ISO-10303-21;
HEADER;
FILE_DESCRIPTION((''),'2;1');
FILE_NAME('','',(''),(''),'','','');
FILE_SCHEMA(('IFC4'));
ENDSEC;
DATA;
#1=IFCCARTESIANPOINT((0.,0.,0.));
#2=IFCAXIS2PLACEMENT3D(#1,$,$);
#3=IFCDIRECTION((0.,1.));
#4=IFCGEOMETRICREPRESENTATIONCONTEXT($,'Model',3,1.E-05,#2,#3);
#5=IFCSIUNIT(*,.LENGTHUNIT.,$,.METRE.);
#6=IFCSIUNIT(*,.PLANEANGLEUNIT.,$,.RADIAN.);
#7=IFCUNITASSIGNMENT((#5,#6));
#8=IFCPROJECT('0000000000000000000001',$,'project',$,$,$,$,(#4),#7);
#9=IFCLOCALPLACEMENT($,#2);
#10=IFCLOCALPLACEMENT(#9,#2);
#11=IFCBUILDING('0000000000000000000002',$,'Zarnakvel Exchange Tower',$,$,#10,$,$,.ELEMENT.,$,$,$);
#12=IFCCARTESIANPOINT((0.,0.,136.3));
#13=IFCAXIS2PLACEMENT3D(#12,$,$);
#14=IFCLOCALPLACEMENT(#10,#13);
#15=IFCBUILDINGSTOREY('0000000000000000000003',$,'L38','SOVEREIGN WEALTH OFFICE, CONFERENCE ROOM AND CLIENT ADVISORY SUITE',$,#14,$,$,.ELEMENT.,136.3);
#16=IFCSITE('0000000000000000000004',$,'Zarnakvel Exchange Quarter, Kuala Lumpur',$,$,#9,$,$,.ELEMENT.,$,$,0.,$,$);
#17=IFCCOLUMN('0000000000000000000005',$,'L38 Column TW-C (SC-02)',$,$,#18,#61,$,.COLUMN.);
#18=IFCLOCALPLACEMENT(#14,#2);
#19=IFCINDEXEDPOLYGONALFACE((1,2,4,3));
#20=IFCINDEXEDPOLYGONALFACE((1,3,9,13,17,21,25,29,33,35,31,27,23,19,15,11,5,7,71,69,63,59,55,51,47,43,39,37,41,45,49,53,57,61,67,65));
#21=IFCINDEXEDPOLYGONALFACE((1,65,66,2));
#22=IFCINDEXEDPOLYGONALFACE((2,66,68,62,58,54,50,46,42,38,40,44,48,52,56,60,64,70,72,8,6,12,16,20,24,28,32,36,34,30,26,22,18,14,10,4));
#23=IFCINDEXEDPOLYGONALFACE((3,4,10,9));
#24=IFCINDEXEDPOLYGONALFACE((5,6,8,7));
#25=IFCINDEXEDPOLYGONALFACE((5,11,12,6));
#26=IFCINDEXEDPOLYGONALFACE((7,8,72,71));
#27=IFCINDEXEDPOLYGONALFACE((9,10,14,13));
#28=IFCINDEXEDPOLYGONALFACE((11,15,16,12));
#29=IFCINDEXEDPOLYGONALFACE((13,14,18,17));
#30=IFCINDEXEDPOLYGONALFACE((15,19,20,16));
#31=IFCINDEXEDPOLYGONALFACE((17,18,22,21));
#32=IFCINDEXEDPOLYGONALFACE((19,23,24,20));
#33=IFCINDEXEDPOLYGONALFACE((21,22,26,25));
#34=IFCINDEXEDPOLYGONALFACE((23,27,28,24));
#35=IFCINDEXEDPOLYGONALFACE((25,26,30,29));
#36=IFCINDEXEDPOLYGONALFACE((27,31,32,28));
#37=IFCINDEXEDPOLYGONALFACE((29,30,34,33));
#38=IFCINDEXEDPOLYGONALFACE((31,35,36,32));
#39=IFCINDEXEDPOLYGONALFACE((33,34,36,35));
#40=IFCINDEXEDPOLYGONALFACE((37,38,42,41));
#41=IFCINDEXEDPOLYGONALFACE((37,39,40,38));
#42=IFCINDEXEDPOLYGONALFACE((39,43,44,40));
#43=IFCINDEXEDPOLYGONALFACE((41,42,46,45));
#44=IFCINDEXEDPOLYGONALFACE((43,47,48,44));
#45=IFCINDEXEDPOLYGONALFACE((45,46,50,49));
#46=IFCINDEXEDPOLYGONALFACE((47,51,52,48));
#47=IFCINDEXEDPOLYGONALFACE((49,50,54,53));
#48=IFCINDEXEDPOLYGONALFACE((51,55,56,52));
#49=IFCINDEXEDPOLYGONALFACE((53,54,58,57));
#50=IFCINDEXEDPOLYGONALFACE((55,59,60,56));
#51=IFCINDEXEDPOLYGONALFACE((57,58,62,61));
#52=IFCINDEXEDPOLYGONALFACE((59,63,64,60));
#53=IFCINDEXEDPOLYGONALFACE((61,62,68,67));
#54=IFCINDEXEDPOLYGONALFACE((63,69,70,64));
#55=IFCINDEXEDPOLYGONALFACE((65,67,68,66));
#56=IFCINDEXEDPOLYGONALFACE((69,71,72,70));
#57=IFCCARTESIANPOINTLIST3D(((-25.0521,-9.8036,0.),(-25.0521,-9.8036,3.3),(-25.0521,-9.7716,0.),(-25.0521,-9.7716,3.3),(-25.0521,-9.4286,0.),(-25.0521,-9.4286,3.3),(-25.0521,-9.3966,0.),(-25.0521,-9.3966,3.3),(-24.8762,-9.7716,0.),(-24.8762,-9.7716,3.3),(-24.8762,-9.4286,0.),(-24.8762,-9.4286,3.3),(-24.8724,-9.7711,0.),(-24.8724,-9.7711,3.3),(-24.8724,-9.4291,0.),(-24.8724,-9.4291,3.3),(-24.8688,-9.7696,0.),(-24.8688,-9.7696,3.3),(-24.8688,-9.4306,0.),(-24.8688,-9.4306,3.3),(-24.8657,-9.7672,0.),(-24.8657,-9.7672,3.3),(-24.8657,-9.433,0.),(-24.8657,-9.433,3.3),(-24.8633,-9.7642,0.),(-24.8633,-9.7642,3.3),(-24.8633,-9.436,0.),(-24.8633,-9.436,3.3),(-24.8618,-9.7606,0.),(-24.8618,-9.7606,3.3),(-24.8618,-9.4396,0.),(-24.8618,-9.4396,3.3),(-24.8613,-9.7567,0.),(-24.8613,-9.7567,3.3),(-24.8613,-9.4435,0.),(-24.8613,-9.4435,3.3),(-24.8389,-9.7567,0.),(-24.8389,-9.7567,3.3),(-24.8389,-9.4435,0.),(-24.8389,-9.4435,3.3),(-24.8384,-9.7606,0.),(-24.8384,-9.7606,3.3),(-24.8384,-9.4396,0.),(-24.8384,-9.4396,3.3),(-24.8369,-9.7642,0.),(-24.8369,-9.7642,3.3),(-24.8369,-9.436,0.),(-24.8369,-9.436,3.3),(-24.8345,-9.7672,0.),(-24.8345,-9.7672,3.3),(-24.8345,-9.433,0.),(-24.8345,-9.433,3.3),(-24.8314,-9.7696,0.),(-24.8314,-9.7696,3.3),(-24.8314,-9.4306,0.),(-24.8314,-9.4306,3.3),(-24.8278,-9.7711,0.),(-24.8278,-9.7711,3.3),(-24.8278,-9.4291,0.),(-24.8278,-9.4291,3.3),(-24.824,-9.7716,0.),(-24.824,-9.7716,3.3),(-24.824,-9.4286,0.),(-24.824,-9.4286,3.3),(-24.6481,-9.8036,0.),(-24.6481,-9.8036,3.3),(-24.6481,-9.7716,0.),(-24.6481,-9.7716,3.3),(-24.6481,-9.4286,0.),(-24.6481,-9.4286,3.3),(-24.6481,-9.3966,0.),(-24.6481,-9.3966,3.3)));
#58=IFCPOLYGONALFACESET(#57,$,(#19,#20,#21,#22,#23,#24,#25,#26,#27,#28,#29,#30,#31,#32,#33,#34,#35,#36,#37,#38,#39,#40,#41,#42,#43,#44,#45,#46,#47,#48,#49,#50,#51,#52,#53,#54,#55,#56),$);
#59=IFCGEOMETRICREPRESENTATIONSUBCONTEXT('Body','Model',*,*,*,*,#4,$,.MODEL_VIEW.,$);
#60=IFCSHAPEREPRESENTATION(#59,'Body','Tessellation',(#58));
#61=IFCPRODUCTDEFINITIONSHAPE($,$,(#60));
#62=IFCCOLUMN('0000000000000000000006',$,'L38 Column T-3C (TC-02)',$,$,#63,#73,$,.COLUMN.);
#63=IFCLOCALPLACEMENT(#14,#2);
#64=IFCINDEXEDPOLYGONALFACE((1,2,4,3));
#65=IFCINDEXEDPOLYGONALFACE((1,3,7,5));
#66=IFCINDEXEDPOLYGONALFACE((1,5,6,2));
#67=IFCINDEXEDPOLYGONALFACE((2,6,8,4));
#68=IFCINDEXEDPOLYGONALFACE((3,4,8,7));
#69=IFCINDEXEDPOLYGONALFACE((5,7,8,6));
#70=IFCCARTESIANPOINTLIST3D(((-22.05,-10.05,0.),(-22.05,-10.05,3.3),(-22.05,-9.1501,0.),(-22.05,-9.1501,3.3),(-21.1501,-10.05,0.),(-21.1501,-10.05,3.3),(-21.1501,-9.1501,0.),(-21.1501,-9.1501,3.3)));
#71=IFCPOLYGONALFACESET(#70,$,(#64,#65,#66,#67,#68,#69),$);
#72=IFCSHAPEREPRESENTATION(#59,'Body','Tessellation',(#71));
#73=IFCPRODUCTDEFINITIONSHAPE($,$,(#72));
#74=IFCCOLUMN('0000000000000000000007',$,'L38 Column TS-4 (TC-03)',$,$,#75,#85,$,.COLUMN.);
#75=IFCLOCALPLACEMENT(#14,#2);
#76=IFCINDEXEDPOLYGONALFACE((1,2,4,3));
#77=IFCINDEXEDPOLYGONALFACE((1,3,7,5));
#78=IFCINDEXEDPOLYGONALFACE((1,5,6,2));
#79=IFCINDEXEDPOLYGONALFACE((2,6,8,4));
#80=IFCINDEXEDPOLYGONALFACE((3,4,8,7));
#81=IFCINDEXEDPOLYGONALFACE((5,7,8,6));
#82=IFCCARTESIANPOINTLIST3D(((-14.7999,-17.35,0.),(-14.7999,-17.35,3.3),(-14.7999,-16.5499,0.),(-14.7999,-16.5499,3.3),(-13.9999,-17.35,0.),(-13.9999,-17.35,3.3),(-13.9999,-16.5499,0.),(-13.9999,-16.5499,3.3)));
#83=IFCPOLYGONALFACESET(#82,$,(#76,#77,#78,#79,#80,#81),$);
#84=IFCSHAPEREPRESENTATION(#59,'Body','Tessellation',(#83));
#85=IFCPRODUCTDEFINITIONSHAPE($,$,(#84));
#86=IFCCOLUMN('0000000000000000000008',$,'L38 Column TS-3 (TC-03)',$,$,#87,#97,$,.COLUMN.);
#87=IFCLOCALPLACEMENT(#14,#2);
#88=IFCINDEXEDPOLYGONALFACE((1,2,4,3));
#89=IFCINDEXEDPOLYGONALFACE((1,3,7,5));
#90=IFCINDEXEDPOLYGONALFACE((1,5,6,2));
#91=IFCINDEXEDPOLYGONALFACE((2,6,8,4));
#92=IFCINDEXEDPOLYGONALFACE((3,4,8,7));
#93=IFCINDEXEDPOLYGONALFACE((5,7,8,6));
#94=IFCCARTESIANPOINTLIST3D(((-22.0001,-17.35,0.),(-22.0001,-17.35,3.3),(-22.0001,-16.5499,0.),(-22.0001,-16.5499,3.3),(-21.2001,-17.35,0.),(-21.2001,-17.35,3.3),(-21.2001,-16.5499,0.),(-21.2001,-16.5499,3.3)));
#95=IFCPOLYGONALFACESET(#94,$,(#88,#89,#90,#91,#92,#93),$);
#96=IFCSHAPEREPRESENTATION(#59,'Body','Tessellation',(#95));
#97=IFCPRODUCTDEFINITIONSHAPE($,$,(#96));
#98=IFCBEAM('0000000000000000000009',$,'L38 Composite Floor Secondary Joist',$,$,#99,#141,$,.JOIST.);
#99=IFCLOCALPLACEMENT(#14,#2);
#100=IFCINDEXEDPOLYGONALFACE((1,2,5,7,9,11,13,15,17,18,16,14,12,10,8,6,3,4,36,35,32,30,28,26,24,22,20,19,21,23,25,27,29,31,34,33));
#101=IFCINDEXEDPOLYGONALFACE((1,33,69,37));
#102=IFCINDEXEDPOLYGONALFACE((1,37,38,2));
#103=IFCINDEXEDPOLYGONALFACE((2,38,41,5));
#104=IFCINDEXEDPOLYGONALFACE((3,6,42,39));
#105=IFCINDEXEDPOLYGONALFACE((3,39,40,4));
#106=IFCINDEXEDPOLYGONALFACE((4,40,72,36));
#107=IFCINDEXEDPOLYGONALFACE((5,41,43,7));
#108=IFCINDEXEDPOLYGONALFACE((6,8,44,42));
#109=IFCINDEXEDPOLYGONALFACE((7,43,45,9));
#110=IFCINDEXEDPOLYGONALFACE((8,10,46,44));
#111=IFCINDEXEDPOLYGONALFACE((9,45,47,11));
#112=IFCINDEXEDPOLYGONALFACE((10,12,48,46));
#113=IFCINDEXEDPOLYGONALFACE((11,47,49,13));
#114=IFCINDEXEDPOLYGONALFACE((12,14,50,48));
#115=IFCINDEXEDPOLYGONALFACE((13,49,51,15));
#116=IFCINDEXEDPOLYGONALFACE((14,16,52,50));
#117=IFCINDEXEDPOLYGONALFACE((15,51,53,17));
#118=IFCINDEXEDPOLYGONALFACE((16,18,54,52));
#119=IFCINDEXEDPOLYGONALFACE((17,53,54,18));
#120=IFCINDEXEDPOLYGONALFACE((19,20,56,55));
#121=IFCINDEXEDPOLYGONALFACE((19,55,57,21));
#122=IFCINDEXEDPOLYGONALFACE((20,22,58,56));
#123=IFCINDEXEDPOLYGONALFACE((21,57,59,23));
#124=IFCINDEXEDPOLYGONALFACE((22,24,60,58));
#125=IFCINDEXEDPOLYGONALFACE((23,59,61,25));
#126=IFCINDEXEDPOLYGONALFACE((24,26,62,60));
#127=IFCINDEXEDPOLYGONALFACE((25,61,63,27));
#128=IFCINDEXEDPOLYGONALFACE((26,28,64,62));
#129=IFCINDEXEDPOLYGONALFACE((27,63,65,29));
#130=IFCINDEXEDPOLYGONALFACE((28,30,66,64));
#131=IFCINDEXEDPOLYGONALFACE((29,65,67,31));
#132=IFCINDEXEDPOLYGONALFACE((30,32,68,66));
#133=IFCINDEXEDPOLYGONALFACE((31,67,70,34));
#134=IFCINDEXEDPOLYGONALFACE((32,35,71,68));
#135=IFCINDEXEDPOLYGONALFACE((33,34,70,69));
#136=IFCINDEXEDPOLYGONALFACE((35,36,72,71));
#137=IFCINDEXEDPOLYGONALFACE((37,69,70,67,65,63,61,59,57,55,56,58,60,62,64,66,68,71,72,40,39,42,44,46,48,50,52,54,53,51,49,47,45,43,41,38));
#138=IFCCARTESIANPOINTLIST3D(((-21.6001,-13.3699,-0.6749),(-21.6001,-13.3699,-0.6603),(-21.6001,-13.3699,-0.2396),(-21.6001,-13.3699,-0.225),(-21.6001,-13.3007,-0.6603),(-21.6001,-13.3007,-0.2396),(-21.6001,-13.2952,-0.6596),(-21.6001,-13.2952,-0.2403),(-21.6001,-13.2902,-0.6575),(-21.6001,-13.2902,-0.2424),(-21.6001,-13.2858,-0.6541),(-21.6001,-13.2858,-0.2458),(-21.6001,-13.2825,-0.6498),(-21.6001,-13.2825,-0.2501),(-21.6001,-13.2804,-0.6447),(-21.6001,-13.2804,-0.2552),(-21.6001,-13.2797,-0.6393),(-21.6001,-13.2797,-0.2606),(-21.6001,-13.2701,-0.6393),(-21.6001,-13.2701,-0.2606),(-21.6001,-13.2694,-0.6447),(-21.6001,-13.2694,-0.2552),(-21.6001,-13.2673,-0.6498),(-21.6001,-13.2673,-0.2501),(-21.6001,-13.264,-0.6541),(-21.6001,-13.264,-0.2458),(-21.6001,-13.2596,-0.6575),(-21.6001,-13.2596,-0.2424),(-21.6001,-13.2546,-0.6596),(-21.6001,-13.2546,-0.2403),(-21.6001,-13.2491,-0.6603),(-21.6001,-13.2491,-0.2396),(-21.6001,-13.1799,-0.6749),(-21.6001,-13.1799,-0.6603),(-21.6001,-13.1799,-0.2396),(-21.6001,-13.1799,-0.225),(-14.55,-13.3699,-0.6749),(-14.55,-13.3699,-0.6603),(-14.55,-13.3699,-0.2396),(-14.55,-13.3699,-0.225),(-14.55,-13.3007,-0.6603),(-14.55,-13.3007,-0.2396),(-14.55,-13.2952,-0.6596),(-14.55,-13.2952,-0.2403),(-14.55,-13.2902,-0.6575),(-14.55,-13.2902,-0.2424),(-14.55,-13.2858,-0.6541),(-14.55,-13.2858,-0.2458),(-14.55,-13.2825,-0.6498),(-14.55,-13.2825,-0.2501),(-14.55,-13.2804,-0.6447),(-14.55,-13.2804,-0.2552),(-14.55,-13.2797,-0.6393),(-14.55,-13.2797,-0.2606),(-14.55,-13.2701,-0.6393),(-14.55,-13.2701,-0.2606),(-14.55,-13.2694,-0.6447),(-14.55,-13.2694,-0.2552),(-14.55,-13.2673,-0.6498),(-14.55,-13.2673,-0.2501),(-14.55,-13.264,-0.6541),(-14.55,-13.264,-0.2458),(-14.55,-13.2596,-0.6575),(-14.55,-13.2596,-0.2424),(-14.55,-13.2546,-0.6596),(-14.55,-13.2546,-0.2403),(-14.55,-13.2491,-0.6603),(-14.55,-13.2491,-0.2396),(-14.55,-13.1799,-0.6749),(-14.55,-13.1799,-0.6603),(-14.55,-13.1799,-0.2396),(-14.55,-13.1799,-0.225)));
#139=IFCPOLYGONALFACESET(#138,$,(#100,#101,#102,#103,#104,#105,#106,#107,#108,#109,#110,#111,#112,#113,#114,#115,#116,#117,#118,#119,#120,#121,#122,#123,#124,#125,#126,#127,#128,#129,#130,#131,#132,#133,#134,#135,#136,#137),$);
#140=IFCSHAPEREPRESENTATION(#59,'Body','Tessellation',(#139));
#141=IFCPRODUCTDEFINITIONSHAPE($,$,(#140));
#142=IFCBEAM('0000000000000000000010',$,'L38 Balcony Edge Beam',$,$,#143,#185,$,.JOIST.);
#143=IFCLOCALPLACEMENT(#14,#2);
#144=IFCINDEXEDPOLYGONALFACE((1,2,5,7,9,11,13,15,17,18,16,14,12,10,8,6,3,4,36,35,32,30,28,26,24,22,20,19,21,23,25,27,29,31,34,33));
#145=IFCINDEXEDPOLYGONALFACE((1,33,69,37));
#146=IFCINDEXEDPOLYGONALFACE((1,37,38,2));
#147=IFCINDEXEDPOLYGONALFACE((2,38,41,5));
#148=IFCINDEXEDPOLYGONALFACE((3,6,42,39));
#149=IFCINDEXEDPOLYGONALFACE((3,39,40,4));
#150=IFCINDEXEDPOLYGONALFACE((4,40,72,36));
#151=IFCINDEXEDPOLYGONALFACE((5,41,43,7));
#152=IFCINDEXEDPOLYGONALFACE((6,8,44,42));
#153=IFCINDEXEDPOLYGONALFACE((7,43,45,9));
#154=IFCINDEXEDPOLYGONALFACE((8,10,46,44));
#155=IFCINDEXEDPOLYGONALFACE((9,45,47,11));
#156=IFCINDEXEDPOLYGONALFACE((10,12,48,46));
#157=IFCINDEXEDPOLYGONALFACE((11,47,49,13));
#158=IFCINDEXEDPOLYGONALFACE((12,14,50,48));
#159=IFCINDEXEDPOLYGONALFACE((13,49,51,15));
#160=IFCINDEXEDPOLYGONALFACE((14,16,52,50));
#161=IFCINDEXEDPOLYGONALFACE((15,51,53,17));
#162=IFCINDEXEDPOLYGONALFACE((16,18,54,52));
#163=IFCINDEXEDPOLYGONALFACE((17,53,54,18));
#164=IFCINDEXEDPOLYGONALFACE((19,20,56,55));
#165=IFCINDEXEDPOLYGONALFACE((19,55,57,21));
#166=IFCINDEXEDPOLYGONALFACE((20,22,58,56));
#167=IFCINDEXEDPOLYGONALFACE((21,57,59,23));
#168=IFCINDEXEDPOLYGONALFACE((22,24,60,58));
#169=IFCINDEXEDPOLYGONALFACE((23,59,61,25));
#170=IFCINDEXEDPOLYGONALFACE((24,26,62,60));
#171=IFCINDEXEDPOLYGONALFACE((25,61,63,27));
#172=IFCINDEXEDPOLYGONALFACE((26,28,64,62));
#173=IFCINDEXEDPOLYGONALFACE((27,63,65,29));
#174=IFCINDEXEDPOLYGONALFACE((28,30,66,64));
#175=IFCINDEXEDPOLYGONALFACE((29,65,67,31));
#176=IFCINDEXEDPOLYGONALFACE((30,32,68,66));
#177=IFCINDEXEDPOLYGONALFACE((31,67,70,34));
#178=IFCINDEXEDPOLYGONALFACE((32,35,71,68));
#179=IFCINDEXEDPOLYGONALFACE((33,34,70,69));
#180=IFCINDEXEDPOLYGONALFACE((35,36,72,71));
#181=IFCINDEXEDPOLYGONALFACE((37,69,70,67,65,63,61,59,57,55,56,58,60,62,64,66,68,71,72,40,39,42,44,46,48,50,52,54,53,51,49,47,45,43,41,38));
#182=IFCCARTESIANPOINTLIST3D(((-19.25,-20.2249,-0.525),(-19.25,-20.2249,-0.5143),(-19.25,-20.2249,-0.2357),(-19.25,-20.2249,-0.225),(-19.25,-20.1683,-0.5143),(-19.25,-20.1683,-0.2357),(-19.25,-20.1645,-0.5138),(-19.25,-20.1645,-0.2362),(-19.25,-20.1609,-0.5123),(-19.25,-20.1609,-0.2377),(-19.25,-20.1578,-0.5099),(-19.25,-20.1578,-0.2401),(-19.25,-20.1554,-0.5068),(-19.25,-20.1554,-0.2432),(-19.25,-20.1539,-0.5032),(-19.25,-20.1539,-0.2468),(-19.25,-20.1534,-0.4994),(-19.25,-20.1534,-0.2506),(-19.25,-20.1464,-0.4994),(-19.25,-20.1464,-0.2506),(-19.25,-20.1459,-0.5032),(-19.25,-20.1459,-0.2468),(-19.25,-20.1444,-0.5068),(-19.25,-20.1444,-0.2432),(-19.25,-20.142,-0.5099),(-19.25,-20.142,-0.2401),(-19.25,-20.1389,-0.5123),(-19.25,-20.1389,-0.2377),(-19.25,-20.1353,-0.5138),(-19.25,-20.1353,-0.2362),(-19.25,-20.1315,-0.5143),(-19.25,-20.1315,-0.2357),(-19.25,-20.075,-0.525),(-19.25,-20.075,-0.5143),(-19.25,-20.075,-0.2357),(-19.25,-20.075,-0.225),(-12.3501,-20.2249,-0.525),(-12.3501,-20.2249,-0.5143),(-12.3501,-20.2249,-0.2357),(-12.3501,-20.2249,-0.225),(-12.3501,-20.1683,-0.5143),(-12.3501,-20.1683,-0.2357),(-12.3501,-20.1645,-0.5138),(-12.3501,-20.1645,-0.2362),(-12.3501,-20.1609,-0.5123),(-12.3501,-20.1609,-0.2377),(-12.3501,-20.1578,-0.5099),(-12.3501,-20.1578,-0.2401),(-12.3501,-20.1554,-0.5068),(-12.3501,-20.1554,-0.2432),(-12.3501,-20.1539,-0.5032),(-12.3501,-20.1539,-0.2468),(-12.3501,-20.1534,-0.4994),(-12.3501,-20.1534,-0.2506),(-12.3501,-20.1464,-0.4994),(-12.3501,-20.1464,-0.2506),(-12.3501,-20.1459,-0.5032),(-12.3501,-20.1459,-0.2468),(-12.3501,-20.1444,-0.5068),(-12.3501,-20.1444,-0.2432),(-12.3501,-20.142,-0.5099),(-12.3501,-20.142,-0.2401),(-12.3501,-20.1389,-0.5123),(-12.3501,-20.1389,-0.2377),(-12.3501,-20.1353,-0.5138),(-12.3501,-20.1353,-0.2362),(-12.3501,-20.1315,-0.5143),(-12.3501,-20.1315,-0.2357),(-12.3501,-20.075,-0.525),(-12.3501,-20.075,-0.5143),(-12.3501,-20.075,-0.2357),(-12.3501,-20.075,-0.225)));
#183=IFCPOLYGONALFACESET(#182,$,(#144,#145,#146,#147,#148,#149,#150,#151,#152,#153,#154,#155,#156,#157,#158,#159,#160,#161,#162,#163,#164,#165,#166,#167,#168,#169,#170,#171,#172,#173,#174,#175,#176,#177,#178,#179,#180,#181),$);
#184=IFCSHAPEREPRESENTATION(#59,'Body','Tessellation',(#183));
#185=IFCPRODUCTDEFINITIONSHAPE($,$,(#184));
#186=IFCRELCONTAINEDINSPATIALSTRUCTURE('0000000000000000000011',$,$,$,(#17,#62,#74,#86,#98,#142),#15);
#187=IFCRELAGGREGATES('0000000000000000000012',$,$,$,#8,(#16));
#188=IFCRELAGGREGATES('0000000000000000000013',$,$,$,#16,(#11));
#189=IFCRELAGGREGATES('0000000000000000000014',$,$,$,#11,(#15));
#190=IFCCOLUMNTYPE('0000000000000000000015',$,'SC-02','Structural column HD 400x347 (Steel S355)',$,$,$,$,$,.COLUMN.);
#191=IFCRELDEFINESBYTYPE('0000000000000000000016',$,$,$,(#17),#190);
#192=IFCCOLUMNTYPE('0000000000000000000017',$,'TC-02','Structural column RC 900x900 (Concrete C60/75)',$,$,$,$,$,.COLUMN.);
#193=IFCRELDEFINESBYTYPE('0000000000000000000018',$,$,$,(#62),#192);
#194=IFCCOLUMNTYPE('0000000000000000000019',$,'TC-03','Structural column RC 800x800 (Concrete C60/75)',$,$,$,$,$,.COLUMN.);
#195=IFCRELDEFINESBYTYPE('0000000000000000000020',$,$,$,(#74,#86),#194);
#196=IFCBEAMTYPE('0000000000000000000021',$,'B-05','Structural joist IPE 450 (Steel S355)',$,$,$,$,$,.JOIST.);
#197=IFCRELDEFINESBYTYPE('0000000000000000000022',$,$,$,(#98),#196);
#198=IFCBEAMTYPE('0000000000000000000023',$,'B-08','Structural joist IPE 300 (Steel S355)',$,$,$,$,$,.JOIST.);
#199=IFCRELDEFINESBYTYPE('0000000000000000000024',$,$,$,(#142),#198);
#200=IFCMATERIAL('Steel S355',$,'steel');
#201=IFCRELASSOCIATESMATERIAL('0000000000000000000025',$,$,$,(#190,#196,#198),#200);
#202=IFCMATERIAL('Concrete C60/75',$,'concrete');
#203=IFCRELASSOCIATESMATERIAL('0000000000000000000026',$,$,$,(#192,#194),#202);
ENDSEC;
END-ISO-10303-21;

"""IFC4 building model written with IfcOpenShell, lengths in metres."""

from ifc_helpers import new_model, si_unit, direction, frame, origin, origin_2d, place, context, subcontext, project, spatial, rectangle, i_section, extrude, material, material_profile, profile_set, type_object, element, save


model = new_model("IFC4")

# Units and contexts
model_context = context("Model", 3, precision=1e-05, world=origin(), true_north=direction((0.0, 1.0)))
body_context = subcontext(model_context, "Body", "Model", "MODEL_VIEW")
ifc_project = project(units=[si_unit("LENGTHUNIT", "METRE"), si_unit("PLANEANGLEUNIT", "RADIAN")], contexts=[model_context])

# Site, building, storey
site_placement = place(None, origin())
site = spatial("IfcSite", under=ifc_project, at=site_placement, Name="Zarnakvel Exchange Quarter, Kuala Lumpur", CompositionType="ELEMENT", RefElevation=0.0)
building_placement = place(site_placement, origin())
building = spatial("IfcBuilding", under=site, at=building_placement, Name="Zarnakvel Exchange Tower", CompositionType="ELEMENT")
storey_placement = place(building_placement, frame((0.0, 0.0, 136.3)))
storey = spatial("IfcBuildingStorey", under=building, at=storey_placement, Name="L38", Description="SOVEREIGN WEALTH OFFICE, CONFERENCE ROOM AND CLIENT ADVISORY SUITE", CompositionType="ELEMENT", Elevation=136.3)

# Columns
ifc_material_1 = material(Name="Steel S355", Category="steel")
ifc_material_profile_1 = material_profile(ifc_material_1, i_section(OverallWidth=0.4041, OverallDepth=0.407, WebThickness=0.0225, FlangeThickness=0.032, FilletRadius=0.0149, at=origin_2d()))
ifc_profile_set_1 = profile_set([ifc_material_profile_1], Name="Steel S355")
column_type_1 = type_object("IfcColumnType", Name="SC-02", Description="Structural column HD 400x347 (Steel S355)", PredefinedType="COLUMN", material=ifc_profile_set_1)
column_1_placement = place(storey_placement, frame((-24.8501, -9.6001, 0.0), z_axis=(0.0, 0.0, 1.0), x_axis=(1.0, 0.0, 0.0)))
element("IfcColumn", 1, at=column_1_placement, inside=storey, type_object=column_type_1, Name="L38 Column TW-C (SC-02)", PredefinedType="COLUMN", context=body_context, shape_type="SweptSolid", body=[
    extrude(i_section(OverallWidth=0.4041, OverallDepth=0.407, WebThickness=0.0225, FlangeThickness=0.032, FilletRadius=0.0149, at=origin_2d()), origin(), (0.0, 0.0, 1.0), 3.3),
])
ifc_material_2 = material(Name="Concrete C60/75", Category="concrete")
ifc_material_profile_2 = material_profile(ifc_material_2, rectangle(XDim=0.8999, YDim=0.8999, at=origin_2d()))
ifc_profile_set_2 = profile_set([ifc_material_profile_2], Name="Concrete C60/75")
column_type_2 = type_object("IfcColumnType", Name="TC-02", Description="Structural column RC 900x900 (Concrete C60/75)", PredefinedType="COLUMN", material=ifc_profile_set_2)
column_2_placement = place(storey_placement, frame((-21.6001, -9.6001, 0.0), z_axis=(0.0, 0.0, 1.0), x_axis=(1.0, 0.0, 0.0)))
element("IfcColumn", 2, at=column_2_placement, inside=storey, type_object=column_type_2, Name="L38 Column T-3C (TC-02)", PredefinedType="COLUMN", context=body_context, shape_type="SweptSolid", body=[
    extrude(rectangle(XDim=0.8999, YDim=0.8999, at=origin_2d()), origin(), (0.0, 0.0, 1.0), 3.3),
])
ifc_material_profile_3 = material_profile(ifc_material_2, rectangle(XDim=0.8, YDim=0.8, at=origin_2d()))
ifc_profile_set_3 = profile_set([ifc_material_profile_3], Name="Concrete C60/75")
column_type_3 = type_object("IfcColumnType", Name="TC-03", Description="Structural column RC 800x800 (Concrete C60/75)", PredefinedType="COLUMN", material=ifc_profile_set_3)
for number, where, z_axis, x_axis, name in (
    (3, (-14.3999, -16.95, 0.0), (0.0, 0.0, 1.0), (1.0, 0.0, 0.0), "L38 Column TS-4 (TC-03)"),
    (4, (-21.6001, -16.95, 0.0), (0.0, 0.0, 1.0), (1.0, 0.0, 0.0), "L38 Column TS-3 (TC-03)"),
):
    element("IfcColumn", number, at=place(storey_placement, frame(where, z_axis=z_axis, x_axis=x_axis)), inside=storey, type_object=column_type_3, Name=name, PredefinedType="COLUMN", context=body_context, shape_type="SweptSolid", body=[
        extrude(rectangle(XDim=0.8, YDim=0.8, at=origin_2d()), origin(), (0.0, 0.0, 1.0), 3.3),
    ])

# Beams
ifc_material_profile_4 = material_profile(ifc_material_1, i_section(OverallWidth=0.1899, OverallDepth=0.45, WebThickness=0.0095, FlangeThickness=0.0146, FilletRadius=0.021, at=origin_2d()))
ifc_profile_set_4 = profile_set([ifc_material_profile_4], Name="Steel S355")
beam_type_1 = type_object("IfcBeamType", Name="B-05", Description="Structural joist IPE 450 (Steel S355)", PredefinedType="JOIST", material=ifc_profile_set_4)
beam_1_placement = place(storey_placement, frame((-21.6001, -13.2749, -0.45), z_axis=(1.0, 0.0, 0.0), x_axis=(0.0, 1.0, 0.0)))
element("IfcBeam", 5, at=beam_1_placement, inside=storey, type_object=beam_type_1, Name="L38 Composite Floor Secondary Joist", PredefinedType="JOIST", context=body_context, shape_type="SweptSolid", body=[
    extrude(i_section(OverallWidth=0.1899, OverallDepth=0.45, WebThickness=0.0095, FlangeThickness=0.0146, FilletRadius=0.021, at=origin_2d()), origin(), (0.0, 0.0, 1.0), 7.05),
])
ifc_material_profile_5 = material_profile(ifc_material_1, i_section(OverallWidth=0.1499, OverallDepth=0.3, WebThickness=0.0071, FlangeThickness=0.0107, FilletRadius=0.0149, at=origin_2d()))
ifc_profile_set_5 = profile_set([ifc_material_profile_5], Name="Steel S355")
beam_type_2 = type_object("IfcBeamType", Name="B-08", Description="Structural joist IPE 300 (Steel S355)", PredefinedType="JOIST", material=ifc_profile_set_5)
beam_2_placement = place(storey_placement, frame((-19.25, -20.1499, -0.375), z_axis=(1.0, 0.0, 0.0), x_axis=(0.0, 1.0, 0.0)))
element("IfcBeam", 6, at=beam_2_placement, inside=storey, type_object=beam_type_2, Name="L38 Balcony Edge Beam", PredefinedType="JOIST", context=body_context, shape_type="SweptSolid", body=[
    extrude(i_section(OverallWidth=0.1499, OverallDepth=0.3, WebThickness=0.0071, FlangeThickness=0.0107, FilletRadius=0.0149, at=origin_2d()), origin(), (0.0, 0.0, 1.0), 6.8999),
])

save(model, "model.ifc")
